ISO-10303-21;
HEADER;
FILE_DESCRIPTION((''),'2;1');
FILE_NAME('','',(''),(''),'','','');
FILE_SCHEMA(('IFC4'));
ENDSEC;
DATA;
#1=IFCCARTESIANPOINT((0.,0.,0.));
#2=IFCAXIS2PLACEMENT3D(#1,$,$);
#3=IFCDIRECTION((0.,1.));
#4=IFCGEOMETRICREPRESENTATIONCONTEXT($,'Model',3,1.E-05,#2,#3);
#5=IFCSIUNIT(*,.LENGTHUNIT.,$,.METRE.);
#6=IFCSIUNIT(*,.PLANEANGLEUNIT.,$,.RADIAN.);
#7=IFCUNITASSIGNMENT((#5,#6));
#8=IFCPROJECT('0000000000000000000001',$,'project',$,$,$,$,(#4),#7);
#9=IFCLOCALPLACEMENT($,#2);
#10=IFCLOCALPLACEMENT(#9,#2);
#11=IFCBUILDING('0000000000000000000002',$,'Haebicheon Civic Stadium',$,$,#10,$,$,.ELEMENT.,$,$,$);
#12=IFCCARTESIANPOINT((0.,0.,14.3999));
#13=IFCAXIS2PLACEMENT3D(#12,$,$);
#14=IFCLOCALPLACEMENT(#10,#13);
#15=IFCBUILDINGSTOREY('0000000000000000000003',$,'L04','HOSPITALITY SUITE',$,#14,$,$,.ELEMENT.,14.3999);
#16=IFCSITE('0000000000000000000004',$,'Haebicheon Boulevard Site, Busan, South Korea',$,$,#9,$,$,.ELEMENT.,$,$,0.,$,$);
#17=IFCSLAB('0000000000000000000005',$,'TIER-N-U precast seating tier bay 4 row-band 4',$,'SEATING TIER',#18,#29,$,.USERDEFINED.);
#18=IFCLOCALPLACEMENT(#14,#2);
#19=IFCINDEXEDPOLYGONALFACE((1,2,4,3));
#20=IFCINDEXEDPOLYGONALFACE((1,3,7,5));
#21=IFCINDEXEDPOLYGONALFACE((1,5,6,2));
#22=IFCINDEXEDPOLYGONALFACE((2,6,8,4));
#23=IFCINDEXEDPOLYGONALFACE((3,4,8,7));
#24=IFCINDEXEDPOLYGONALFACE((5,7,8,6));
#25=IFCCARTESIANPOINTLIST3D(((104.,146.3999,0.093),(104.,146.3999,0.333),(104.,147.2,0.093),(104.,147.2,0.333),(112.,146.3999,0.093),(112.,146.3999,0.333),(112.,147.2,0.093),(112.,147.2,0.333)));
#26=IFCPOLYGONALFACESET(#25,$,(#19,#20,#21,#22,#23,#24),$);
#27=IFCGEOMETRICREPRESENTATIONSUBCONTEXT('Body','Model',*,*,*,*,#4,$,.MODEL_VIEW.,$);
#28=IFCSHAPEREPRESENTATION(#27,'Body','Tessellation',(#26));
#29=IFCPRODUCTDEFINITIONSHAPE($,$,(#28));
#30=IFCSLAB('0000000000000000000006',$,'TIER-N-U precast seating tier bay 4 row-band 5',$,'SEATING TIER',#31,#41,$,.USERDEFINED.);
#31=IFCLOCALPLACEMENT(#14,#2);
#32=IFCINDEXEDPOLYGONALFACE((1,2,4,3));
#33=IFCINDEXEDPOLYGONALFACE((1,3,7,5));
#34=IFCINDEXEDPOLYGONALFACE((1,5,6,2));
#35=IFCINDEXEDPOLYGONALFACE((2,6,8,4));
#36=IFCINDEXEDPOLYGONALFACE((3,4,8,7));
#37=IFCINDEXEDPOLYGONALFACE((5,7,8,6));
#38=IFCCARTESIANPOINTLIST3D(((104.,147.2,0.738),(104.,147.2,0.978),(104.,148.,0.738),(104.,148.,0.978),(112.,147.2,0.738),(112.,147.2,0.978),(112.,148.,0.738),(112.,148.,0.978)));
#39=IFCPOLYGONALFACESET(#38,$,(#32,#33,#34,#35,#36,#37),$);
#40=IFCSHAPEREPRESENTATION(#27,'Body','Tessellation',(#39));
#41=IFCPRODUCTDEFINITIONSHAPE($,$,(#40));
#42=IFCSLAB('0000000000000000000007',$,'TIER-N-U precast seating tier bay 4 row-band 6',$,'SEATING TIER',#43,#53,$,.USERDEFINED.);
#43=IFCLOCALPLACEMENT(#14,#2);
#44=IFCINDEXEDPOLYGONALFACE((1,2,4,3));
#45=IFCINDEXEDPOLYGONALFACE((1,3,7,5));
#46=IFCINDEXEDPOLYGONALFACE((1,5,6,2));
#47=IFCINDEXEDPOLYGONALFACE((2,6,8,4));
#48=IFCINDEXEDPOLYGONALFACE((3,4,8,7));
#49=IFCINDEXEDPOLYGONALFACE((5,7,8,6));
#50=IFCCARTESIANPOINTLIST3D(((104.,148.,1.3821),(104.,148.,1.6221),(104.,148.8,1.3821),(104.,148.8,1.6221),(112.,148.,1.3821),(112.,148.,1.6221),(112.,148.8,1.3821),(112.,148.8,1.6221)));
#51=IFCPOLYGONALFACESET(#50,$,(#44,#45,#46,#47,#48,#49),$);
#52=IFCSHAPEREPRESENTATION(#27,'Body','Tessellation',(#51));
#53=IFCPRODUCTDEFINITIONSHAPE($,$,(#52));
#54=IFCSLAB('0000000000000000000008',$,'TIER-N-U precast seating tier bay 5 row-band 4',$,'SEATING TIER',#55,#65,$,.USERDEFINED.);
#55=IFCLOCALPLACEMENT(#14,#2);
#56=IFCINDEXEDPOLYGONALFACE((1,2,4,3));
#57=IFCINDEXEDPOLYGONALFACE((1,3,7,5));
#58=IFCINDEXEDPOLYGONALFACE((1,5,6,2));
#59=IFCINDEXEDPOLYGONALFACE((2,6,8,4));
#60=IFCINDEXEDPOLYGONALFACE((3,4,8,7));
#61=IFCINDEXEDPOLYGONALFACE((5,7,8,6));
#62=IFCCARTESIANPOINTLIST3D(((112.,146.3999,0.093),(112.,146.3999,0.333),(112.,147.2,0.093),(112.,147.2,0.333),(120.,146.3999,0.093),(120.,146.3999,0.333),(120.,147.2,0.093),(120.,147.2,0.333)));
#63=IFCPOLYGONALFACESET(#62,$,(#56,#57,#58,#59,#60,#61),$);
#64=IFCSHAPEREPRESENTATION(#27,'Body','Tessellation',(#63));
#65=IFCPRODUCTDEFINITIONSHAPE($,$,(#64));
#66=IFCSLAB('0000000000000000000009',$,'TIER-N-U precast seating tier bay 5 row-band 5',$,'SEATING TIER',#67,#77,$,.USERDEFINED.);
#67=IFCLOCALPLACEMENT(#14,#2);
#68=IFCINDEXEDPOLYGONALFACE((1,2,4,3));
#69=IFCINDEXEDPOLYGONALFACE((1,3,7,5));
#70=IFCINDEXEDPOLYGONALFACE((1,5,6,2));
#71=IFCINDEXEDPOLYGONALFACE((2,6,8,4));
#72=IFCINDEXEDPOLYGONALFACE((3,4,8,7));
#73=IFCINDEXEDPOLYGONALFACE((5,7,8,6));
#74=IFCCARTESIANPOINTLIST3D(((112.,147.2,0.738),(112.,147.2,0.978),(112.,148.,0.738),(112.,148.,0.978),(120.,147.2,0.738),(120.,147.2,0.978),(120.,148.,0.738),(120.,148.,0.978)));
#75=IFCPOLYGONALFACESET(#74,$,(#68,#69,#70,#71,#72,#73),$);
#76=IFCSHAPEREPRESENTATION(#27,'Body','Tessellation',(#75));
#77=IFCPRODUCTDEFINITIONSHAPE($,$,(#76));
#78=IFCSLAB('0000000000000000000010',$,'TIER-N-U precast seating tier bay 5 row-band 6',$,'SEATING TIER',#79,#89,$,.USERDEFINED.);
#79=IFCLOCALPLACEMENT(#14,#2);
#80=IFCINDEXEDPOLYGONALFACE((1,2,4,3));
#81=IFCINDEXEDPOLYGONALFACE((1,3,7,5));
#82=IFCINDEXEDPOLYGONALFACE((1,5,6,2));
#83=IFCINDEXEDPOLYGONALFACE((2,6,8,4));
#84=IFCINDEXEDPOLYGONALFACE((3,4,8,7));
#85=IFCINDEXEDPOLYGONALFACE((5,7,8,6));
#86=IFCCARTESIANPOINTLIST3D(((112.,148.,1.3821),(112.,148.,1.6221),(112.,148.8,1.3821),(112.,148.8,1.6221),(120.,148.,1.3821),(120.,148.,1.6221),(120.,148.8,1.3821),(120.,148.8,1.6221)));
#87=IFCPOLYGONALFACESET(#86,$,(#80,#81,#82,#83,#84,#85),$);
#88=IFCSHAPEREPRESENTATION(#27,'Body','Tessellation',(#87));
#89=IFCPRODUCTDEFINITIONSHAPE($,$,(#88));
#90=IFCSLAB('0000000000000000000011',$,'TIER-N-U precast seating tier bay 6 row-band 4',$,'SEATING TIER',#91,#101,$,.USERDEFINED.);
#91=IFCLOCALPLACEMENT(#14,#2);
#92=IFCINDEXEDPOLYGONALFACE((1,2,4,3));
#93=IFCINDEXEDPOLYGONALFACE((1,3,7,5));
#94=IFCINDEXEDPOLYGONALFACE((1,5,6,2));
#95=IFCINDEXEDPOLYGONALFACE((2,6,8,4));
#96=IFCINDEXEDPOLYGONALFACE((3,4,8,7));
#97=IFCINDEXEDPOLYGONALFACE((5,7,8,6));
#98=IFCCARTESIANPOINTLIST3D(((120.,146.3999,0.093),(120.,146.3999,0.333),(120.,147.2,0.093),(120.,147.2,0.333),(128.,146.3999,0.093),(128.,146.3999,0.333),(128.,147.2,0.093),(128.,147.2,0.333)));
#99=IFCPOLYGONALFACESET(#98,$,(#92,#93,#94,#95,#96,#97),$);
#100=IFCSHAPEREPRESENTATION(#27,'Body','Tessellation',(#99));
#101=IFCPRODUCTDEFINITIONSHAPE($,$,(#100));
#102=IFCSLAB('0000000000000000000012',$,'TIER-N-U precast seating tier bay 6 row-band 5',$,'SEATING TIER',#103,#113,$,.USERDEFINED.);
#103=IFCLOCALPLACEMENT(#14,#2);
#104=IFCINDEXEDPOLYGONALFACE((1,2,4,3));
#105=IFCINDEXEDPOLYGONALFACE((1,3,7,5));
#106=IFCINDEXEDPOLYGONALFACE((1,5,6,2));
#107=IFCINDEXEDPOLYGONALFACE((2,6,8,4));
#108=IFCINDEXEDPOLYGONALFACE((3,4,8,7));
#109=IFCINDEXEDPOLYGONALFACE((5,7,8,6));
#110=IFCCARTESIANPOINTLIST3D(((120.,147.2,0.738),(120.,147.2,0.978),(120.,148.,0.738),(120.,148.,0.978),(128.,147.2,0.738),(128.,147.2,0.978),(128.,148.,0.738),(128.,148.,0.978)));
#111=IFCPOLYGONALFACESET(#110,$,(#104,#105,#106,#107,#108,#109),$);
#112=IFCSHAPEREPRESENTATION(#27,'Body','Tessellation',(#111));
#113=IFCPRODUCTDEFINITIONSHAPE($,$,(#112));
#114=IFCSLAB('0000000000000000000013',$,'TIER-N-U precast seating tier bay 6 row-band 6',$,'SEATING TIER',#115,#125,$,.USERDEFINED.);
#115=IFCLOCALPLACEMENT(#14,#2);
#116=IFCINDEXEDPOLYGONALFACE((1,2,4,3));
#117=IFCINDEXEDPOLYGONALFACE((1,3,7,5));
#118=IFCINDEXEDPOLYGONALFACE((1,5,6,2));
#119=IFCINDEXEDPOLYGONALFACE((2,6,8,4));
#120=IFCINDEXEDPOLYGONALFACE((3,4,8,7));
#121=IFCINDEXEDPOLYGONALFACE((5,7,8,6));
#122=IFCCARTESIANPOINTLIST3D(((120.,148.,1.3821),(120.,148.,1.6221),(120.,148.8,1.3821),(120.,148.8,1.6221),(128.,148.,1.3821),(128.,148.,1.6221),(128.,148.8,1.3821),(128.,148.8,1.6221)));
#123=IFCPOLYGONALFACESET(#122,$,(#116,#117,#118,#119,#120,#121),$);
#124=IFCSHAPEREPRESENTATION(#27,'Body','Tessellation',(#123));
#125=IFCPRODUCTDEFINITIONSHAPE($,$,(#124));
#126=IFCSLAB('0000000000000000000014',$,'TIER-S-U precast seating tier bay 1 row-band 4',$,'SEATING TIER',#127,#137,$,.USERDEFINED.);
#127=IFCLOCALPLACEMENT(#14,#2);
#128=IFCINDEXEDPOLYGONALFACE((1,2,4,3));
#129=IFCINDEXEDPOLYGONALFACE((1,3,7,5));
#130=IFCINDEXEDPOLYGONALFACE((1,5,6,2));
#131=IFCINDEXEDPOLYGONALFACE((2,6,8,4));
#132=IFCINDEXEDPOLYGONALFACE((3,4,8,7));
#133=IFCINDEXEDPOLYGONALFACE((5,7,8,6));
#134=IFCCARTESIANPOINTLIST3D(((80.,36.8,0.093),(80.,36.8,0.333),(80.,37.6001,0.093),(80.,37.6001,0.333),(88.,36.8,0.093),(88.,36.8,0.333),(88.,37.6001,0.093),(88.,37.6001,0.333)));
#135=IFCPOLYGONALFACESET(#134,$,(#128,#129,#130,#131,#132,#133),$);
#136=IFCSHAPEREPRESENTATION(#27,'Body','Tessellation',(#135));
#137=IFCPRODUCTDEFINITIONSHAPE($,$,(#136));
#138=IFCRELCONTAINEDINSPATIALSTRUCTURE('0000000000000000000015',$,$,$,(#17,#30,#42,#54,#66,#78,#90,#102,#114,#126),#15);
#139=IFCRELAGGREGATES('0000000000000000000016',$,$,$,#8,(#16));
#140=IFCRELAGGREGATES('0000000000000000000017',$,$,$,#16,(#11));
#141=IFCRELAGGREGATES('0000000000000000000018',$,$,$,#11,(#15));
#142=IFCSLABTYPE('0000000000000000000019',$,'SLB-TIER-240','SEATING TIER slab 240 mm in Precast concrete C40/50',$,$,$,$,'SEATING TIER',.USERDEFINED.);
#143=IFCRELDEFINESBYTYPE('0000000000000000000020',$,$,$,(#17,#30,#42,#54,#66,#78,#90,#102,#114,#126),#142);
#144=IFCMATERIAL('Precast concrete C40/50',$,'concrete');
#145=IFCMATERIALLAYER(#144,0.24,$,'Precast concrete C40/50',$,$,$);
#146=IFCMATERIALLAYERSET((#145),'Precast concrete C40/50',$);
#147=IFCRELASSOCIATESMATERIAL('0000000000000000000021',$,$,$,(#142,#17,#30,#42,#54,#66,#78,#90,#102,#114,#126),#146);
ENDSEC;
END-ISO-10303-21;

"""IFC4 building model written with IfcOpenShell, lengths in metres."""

from ifc_helpers import new_model, si_unit, direction, frame, origin, place, context, subcontext, project, spatial, polyline, outline, extrude, material, layer, layer_set, type_object, element, save


model = new_model("IFC4")

# Units and contexts
model_context = context("Model", 3, precision=1e-05, world=origin(), true_north=direction((0.0, 1.0)))
body_context = subcontext(model_context, "Body", "Model", "MODEL_VIEW")
ifc_project = project(units=[si_unit("LENGTHUNIT", "METRE"), si_unit("PLANEANGLEUNIT", "RADIAN")], contexts=[model_context])

# Site, building, storey
site_placement = place(None, origin())
site = spatial("IfcSite", under=ifc_project, at=site_placement, Name="Haebicheon Boulevard Site, Busan, South Korea", CompositionType="ELEMENT", RefElevation=0.0)
building_placement = place(site_placement, origin())
building = spatial("IfcBuilding", under=site, at=building_placement, Name="Haebicheon Civic Stadium", CompositionType="ELEMENT")
storey_placement = place(building_placement, frame((0.0, 0.0, 14.3999)))
storey = spatial("IfcBuildingStorey", under=building, at=storey_placement, Name="L04", Description="HOSPITALITY SUITE", CompositionType="ELEMENT", Elevation=14.3999)

# Slabs
ifc_material = material(Name="Precast concrete C40/50", Category="concrete")
ifc_layer = layer(ifc_material, 0.24, Name="Precast concrete C40/50")
ifc_layer_set = layer_set([ifc_layer], Name="Precast concrete C40/50")
slab_type = type_object("IfcSlabType", Name="SLB-TIER-240", Description="SEATING TIER slab 240 mm in Precast concrete C40/50", ElementType="SEATING TIER", PredefinedType="USERDEFINED", material=ifc_layer_set)
slab_1_placement = place(storey_placement, frame((0.0, 0.0, 0.093)))
element("IfcSlab", 1, at=slab_1_placement, inside=storey, type_object=slab_type, material=ifc_layer_set, Name="TIER-N-U precast seating tier bay 4 row-band 4", ObjectType="SEATING TIER", PredefinedType="USERDEFINED", context=body_context, shape_type="SweptSolid", body=[
    extrude(outline(polyline([(104.0, 146.3999), (112.0, 146.3999), (112.0, 147.2), (104.0, 147.2), (104.0, 146.3999)])), origin(), (0.0, 0.0, 1.0), 0.24),
])
slab_2_placement = place(storey_placement, frame((0.0, 0.0, 0.738)))
element("IfcSlab", 2, at=slab_2_placement, inside=storey, type_object=slab_type, material=ifc_layer_set, Name="TIER-N-U precast seating tier bay 4 row-band 5", ObjectType="SEATING TIER", PredefinedType="USERDEFINED", context=body_context, shape_type="SweptSolid", body=[
    extrude(outline(polyline([(104.0, 147.2), (112.0, 147.2), (112.0, 148.0), (104.0, 148.0), (104.0, 147.2)])), origin(), (0.0, 0.0, 1.0), 0.24),
])
slab_3_placement = place(storey_placement, frame((0.0, 0.0, 1.3821)))
element("IfcSlab", 3, at=slab_3_placement, inside=storey, type_object=slab_type, material=ifc_layer_set, Name="TIER-N-U precast seating tier bay 4 row-band 6", ObjectType="SEATING TIER", PredefinedType="USERDEFINED", context=body_context, shape_type="SweptSolid", body=[
    extrude(outline(polyline([(104.0, 148.0), (112.0, 148.0), (112.0, 148.8), (104.0, 148.8), (104.0, 148.0)])), origin(), (0.0, 0.0, 1.0), 0.24),
])
slab_4_placement = place(storey_placement, frame((0.0, 0.0, 0.093)))
element("IfcSlab", 4, at=slab_4_placement, inside=storey, type_object=slab_type, material=ifc_layer_set, Name="TIER-N-U precast seating tier bay 5 row-band 4", ObjectType="SEATING TIER", PredefinedType="USERDEFINED", context=body_context, shape_type="SweptSolid", body=[
    extrude(outline(polyline([(112.0, 146.3999), (120.0, 146.3999), (120.0, 147.2), (112.0, 147.2), (112.0, 146.3999)])), origin(), (0.0, 0.0, 1.0), 0.24),
])
slab_5_placement = place(storey_placement, frame((0.0, 0.0, 0.738)))
element("IfcSlab", 5, at=slab_5_placement, inside=storey, type_object=slab_type, material=ifc_layer_set, Name="TIER-N-U precast seating tier bay 5 row-band 5", ObjectType="SEATING TIER", PredefinedType="USERDEFINED", context=body_context, shape_type="SweptSolid", body=[
    extrude(outline(polyline([(112.0, 147.2), (120.0, 147.2), (120.0, 148.0), (112.0, 148.0), (112.0, 147.2)])), origin(), (0.0, 0.0, 1.0), 0.24),
])
slab_6_placement = place(storey_placement, frame((0.0, 0.0, 1.3821)))
element("IfcSlab", 6, at=slab_6_placement, inside=storey, type_object=slab_type, material=ifc_layer_set, Name="TIER-N-U precast seating tier bay 5 row-band 6", ObjectType="SEATING TIER", PredefinedType="USERDEFINED", context=body_context, shape_type="SweptSolid", body=[
    extrude(outline(polyline([(112.0, 148.0), (120.0, 148.0), (120.0, 148.8), (112.0, 148.8), (112.0, 148.0)])), origin(), (0.0, 0.0, 1.0), 0.24),
])
slab_7_placement = place(storey_placement, frame((0.0, 0.0, 0.093)))
element("IfcSlab", 7, at=slab_7_placement, inside=storey, type_object=slab_type, material=ifc_layer_set, Name="TIER-N-U precast seating tier bay 6 row-band 4", ObjectType="SEATING TIER", PredefinedType="USERDEFINED", context=body_context, shape_type="SweptSolid", body=[
    extrude(outline(polyline([(120.0, 146.3999), (128.0, 146.3999), (128.0, 147.2), (120.0, 147.2), (120.0, 146.3999)])), origin(), (0.0, 0.0, 1.0), 0.24),
])
slab_8_placement = place(storey_placement, frame((0.0, 0.0, 0.738)))
element("IfcSlab", 8, at=slab_8_placement, inside=storey, type_object=slab_type, material=ifc_layer_set, Name="TIER-N-U precast seating tier bay 6 row-band 5", ObjectType="SEATING TIER", PredefinedType="USERDEFINED", context=body_context, shape_type="SweptSolid", body=[
    extrude(outline(polyline([(120.0, 147.2), (128.0, 147.2), (128.0, 148.0), (120.0, 148.0), (120.0, 147.2)])), origin(), (0.0, 0.0, 1.0), 0.24),
])
slab_9_placement = place(storey_placement, frame((0.0, 0.0, 1.3821)))
element("IfcSlab", 9, at=slab_9_placement, inside=storey, type_object=slab_type, material=ifc_layer_set, Name="TIER-N-U precast seating tier bay 6 row-band 6", ObjectType="SEATING TIER", PredefinedType="USERDEFINED", context=body_context, shape_type="SweptSolid", body=[
    extrude(outline(polyline([(120.0, 148.0), (128.0, 148.0), (128.0, 148.8), (120.0, 148.8), (120.0, 148.0)])), origin(), (0.0, 0.0, 1.0), 0.24),
])
slab_10_placement = place(storey_placement, frame((0.0, 0.0, 0.093)))
element("IfcSlab", 10, at=slab_10_placement, inside=storey, type_object=slab_type, material=ifc_layer_set, Name="TIER-S-U precast seating tier bay 1 row-band 4", ObjectType="SEATING TIER", PredefinedType="USERDEFINED", context=body_context, shape_type="SweptSolid", body=[
    extrude(outline(polyline([(80.0, 36.8), (88.0, 36.8), (88.0, 37.6001), (80.0, 37.6001), (80.0, 36.8)])), origin(), (0.0, 0.0, 1.0), 0.24),
])

save(model, "model.ifc")
